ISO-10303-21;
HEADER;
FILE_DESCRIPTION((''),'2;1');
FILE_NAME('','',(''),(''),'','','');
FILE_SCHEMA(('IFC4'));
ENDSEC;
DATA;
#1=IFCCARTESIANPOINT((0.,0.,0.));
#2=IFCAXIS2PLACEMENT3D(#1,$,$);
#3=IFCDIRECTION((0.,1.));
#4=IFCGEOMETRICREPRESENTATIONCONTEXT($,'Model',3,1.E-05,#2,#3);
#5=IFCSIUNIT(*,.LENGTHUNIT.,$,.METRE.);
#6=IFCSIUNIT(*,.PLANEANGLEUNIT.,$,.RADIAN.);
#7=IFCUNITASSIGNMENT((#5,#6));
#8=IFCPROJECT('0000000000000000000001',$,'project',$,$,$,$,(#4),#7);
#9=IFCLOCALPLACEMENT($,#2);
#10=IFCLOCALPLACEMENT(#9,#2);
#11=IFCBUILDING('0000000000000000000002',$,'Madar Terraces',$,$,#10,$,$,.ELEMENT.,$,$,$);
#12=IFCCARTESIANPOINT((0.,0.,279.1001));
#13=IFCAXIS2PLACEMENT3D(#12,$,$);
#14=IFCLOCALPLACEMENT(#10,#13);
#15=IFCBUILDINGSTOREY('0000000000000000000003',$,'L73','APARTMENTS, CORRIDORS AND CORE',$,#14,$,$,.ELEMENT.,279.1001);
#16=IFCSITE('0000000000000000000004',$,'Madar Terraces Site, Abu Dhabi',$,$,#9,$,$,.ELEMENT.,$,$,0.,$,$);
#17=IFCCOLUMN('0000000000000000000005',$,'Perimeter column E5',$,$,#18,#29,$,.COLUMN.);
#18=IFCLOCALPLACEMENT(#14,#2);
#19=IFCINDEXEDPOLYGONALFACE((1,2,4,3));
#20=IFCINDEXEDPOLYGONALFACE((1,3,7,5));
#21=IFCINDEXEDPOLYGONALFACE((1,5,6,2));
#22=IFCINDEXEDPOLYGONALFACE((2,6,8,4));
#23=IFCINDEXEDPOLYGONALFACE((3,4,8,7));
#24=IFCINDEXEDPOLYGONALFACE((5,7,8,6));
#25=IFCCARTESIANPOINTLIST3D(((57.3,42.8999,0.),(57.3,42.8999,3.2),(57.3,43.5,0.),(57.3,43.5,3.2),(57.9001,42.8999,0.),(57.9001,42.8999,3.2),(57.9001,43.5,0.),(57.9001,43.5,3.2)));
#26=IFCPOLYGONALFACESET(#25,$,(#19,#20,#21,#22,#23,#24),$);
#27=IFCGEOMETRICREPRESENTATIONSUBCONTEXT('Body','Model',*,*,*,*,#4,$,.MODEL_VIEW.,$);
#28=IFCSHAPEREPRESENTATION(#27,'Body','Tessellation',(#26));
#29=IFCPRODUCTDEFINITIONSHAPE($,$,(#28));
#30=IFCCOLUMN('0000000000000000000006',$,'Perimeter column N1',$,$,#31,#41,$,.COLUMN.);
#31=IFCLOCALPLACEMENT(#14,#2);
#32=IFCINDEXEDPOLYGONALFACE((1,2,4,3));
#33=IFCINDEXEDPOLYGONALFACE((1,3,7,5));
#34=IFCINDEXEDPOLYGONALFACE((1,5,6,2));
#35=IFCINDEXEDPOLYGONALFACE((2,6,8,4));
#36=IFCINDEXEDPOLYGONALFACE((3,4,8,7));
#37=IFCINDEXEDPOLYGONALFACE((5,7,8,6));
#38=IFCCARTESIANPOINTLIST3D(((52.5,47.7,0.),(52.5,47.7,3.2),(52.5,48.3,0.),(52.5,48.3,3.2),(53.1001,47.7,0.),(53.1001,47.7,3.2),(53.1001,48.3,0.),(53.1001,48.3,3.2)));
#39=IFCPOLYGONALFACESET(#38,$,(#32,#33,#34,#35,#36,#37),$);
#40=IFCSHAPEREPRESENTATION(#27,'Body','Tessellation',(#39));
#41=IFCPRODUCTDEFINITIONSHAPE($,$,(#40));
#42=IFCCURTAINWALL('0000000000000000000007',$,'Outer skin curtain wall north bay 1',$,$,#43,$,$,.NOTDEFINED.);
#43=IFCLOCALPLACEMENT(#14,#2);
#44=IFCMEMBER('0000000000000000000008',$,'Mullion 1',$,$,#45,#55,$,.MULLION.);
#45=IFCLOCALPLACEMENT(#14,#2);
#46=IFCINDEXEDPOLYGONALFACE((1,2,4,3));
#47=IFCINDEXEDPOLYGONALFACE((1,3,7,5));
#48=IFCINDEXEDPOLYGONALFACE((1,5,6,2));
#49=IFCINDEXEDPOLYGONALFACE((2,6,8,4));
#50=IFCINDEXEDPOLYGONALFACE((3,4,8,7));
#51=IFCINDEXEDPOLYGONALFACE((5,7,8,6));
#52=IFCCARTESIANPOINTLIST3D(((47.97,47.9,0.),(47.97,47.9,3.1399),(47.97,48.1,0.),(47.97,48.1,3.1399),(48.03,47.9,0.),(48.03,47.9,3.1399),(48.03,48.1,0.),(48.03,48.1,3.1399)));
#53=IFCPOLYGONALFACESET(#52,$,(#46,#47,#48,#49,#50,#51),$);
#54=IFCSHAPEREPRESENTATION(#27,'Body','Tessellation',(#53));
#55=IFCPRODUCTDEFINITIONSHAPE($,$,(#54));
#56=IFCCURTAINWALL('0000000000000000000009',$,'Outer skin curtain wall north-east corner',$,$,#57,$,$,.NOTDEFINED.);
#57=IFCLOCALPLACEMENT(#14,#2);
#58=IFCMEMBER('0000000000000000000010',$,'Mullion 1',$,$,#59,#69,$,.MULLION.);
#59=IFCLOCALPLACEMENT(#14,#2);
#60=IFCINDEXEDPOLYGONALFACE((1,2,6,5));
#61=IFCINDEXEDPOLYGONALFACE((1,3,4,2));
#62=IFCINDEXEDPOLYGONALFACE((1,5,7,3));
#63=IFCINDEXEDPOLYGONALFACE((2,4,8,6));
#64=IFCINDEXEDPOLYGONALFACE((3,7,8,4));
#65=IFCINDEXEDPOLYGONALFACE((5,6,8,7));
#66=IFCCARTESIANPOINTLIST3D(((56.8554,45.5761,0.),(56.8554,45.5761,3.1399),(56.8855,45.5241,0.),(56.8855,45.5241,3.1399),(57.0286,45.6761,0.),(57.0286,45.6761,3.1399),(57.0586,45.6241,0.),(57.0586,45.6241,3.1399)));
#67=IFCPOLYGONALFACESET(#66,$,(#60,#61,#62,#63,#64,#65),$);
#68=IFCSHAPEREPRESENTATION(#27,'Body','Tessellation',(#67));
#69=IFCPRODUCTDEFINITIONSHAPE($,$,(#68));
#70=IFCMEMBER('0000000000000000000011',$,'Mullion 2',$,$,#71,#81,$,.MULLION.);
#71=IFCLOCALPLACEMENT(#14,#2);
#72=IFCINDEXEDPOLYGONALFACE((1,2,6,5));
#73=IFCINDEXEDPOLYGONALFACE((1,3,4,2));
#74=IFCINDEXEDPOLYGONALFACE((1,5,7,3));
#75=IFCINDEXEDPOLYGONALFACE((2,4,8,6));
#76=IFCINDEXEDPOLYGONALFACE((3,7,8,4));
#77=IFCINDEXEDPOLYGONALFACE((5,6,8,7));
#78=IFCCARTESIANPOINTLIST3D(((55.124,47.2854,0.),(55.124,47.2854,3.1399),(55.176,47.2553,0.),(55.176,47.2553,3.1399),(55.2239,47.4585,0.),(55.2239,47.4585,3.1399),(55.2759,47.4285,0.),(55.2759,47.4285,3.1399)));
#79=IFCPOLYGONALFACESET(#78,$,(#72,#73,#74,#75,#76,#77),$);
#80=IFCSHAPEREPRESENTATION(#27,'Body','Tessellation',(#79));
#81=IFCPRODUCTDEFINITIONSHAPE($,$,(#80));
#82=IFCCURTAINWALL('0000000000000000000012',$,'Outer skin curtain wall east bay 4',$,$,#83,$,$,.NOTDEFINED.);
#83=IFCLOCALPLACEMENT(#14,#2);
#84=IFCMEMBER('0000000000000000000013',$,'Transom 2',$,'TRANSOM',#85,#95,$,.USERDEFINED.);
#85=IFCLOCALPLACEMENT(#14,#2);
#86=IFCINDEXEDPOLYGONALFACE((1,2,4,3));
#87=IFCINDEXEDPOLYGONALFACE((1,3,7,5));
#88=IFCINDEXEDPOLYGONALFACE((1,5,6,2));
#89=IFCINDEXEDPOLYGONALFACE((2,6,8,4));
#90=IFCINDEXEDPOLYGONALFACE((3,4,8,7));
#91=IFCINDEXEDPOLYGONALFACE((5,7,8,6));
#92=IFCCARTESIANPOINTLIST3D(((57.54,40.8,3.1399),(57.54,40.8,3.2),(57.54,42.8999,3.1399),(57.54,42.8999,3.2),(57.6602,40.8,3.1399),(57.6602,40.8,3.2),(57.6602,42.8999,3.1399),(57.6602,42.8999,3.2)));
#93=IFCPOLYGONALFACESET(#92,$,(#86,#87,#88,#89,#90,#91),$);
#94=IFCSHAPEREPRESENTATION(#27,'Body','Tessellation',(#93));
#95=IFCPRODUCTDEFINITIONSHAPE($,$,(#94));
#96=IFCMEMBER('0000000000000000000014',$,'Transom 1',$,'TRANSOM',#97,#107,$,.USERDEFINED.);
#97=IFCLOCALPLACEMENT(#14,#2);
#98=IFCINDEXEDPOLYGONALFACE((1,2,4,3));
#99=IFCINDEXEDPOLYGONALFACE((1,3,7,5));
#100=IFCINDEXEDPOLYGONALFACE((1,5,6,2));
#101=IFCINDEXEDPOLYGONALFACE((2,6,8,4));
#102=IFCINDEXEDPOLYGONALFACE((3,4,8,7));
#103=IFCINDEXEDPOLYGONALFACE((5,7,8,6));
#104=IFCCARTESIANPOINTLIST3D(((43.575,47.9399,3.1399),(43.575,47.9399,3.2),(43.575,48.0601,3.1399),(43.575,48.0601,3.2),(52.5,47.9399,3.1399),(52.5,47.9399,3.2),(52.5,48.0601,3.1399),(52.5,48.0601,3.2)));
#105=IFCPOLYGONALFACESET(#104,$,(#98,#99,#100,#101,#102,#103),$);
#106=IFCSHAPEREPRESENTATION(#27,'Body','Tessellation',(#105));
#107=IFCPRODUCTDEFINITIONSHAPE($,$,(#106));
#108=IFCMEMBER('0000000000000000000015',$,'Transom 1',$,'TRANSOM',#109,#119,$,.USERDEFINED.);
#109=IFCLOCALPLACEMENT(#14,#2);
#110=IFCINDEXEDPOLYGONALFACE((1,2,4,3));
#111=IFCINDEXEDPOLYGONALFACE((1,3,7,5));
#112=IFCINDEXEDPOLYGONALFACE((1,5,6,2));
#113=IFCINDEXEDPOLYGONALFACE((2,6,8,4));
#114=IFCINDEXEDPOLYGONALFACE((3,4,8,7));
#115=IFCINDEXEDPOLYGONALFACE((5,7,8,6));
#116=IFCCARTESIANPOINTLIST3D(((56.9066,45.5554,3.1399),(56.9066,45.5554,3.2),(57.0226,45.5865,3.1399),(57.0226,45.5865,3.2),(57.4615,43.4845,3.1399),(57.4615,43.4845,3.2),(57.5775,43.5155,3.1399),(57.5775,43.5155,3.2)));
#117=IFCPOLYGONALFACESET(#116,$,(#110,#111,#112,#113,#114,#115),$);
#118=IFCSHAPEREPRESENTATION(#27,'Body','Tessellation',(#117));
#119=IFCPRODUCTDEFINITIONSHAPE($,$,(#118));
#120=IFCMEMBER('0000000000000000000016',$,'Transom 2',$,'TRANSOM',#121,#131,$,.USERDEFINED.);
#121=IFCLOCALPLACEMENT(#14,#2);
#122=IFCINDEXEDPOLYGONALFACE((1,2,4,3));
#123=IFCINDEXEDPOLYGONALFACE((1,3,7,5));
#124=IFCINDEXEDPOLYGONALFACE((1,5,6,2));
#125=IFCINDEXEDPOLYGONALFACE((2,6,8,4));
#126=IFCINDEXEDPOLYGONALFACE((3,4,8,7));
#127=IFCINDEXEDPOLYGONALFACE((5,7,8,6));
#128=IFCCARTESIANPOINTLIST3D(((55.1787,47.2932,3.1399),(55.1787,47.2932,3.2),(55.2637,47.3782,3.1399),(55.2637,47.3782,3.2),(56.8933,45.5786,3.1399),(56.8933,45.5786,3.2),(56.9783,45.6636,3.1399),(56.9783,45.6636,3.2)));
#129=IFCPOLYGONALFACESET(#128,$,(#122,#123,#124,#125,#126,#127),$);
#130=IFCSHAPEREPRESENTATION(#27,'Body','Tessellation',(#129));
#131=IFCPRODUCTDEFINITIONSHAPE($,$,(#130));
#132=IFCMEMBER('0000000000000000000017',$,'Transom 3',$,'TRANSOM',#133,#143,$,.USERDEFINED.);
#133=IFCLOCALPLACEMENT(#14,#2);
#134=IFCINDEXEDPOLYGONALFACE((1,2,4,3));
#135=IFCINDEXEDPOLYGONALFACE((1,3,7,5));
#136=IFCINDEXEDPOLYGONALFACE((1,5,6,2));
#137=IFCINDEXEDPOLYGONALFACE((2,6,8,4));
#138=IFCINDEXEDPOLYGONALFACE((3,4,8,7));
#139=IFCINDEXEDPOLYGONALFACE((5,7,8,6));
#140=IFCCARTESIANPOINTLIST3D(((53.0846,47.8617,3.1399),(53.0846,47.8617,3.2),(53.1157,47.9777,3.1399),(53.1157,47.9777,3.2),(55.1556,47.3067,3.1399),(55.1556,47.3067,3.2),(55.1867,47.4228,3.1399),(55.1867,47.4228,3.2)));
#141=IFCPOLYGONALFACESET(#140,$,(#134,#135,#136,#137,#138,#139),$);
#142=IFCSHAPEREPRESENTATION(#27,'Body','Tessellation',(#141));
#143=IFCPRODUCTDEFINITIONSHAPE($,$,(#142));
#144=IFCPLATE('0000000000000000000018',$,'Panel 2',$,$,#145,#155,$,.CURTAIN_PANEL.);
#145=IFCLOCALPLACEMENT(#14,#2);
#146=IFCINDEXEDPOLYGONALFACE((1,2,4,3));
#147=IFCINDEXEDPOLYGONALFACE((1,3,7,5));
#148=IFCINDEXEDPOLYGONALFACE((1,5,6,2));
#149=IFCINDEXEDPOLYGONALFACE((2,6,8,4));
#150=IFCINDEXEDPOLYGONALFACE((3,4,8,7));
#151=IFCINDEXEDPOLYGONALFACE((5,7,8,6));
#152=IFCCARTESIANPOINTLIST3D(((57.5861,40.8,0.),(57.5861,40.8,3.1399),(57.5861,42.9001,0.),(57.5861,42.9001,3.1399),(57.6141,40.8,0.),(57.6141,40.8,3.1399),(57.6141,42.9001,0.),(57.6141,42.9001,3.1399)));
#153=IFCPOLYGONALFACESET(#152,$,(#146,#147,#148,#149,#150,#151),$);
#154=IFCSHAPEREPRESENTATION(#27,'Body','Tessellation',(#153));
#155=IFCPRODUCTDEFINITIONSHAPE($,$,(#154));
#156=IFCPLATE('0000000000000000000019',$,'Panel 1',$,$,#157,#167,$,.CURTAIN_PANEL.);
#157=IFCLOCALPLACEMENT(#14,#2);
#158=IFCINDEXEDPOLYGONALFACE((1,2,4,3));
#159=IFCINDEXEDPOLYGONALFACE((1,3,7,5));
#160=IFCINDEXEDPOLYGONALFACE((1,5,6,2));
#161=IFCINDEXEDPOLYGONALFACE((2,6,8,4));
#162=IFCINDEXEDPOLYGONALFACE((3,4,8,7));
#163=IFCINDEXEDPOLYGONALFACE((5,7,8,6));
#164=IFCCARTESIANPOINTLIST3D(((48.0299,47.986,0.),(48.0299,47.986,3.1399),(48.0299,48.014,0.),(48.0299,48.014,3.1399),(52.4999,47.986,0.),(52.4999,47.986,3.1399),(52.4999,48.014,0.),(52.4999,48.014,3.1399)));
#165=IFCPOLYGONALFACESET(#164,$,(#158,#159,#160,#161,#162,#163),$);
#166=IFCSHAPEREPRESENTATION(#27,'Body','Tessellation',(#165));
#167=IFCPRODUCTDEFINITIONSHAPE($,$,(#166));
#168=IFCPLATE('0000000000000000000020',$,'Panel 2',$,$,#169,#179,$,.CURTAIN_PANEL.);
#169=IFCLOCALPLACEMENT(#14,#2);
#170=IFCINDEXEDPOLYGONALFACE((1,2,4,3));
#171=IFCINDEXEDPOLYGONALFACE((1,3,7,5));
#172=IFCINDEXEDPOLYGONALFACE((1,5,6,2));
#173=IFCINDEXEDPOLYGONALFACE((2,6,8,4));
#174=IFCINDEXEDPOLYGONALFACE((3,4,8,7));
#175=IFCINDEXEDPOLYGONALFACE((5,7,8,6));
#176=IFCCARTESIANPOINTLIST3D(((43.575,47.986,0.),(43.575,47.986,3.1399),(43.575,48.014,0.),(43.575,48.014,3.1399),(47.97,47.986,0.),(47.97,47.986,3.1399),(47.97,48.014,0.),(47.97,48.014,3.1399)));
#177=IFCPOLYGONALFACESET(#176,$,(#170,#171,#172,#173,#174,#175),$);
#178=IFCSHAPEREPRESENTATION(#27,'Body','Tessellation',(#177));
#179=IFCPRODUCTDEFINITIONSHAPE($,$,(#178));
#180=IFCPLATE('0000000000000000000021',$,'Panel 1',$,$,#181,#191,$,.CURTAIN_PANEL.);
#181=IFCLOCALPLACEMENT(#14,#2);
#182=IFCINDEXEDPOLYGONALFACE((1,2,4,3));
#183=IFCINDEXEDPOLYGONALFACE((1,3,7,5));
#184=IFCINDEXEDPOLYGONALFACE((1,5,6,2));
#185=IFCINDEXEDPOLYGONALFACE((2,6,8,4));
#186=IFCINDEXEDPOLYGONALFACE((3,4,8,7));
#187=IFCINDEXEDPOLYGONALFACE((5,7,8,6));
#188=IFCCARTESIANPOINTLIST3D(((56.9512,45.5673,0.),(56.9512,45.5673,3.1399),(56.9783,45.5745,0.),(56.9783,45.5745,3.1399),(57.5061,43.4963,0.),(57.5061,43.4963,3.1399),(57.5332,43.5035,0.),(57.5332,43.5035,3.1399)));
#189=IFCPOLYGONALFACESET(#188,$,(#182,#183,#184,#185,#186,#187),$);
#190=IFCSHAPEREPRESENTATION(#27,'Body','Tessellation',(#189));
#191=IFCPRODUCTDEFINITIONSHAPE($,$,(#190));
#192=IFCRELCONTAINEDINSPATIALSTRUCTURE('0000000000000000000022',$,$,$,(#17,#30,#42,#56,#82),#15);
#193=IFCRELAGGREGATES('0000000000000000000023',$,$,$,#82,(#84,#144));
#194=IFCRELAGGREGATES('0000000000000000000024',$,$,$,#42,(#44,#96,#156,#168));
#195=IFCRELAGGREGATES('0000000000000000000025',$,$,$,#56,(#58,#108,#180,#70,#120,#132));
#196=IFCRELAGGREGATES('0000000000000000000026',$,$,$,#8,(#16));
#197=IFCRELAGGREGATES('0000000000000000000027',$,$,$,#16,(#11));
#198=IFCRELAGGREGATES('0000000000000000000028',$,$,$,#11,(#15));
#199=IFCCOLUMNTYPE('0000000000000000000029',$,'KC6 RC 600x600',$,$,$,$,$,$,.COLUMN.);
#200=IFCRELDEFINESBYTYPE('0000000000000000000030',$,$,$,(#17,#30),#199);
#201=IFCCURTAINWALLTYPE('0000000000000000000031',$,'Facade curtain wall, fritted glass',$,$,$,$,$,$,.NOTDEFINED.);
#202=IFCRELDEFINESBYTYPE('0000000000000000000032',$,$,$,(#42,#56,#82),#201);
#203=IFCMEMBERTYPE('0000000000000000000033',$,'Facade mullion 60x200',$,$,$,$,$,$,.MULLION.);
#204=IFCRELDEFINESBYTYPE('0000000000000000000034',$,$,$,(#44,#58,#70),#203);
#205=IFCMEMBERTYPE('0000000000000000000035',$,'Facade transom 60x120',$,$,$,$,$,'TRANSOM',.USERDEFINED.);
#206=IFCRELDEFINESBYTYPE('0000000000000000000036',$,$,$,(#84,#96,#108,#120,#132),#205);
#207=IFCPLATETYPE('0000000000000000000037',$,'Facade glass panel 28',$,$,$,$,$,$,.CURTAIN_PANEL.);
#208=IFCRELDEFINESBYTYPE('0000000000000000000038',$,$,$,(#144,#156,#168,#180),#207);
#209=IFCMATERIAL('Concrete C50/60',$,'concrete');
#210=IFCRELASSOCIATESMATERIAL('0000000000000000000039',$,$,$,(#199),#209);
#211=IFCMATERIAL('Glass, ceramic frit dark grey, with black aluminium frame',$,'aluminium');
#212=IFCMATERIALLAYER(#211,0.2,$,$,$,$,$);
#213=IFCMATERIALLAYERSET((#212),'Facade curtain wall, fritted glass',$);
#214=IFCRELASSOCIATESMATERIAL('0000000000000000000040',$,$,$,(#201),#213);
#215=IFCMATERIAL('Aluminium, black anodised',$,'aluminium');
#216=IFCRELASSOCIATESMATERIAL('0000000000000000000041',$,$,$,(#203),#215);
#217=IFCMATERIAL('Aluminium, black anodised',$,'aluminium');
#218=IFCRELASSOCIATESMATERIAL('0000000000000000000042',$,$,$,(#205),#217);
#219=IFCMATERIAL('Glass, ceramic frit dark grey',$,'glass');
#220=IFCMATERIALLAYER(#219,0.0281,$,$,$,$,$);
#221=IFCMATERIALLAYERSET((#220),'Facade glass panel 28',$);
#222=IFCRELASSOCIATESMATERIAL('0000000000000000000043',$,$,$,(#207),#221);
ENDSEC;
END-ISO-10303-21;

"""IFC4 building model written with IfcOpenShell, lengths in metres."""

from ifc_helpers import new_model, si_unit, direction, frame, origin, origin_2d, place, context, subcontext, project, spatial, rectangle, extrude, material, layer, layer_set, material_profile, profile_set, type_object, element, aggregate, save


model = new_model("IFC4")

# Units and contexts
model_context = context("Model", 3, precision=1e-05, world=origin(), true_north=direction((0.0, 1.0)))
body_context = subcontext(model_context, "Body", "Model", "MODEL_VIEW")
ifc_project = project(units=[si_unit("LENGTHUNIT", "METRE"), si_unit("PLANEANGLEUNIT", "RADIAN")], contexts=[model_context])

# Site, building, storey
site_placement = place(None, origin())
site = spatial("IfcSite", under=ifc_project, at=site_placement, Name="Madar Terraces Site, Abu Dhabi", CompositionType="ELEMENT", RefElevation=0.0)
building_placement = place(site_placement, origin())
building = spatial("IfcBuilding", under=site, at=building_placement, Name="Madar Terraces", CompositionType="ELEMENT")
storey_placement = place(building_placement, frame((0.0, 0.0, 279.1001)))
storey = spatial("IfcBuildingStorey", under=building, at=storey_placement, Name="L73", Description="APARTMENTS, CORRIDORS AND CORE", CompositionType="ELEMENT", Elevation=279.1001)

# Columns
ifc_material_1 = material(Name="Concrete C50/60", Category="concrete")
ifc_material_profile_1 = material_profile(ifc_material_1, rectangle(XDim=0.6001, YDim=0.6001, at=origin_2d()), Name="KC6 RC 600x600")
ifc_profile_set_1 = profile_set([ifc_material_profile_1], Name="Concrete C50/60")
column_type = type_object("IfcColumnType", Name="KC6 RC 600x600", PredefinedType="COLUMN", material=ifc_profile_set_1)
for number, where, z_axis, x_axis, name in (
    (1, (57.6001, 43.2, 0.0), (0.0, 0.0, 1.0), (1.0, 0.0, 0.0), "Perimeter column E5"),
    (2, (52.8, 48.0, 0.0), (0.0, 0.0, 1.0), (1.0, 0.0, 0.0), "Perimeter column N1"),
):
    element("IfcColumn", number, at=place(storey_placement, frame(where, z_axis=z_axis, x_axis=x_axis)), inside=storey, type_object=column_type, Name=name, PredefinedType="COLUMN", context=body_context, shape_type="SweptSolid", body=[
        extrude(rectangle(XDim=0.6001, YDim=0.6001, at=origin_2d()), origin(), (0.0, 0.0, 1.0), 3.2),
    ])

# Curtain wall, member
ifc_material_2 = material(Name="Glass, ceramic frit dark grey, with black aluminium frame", Category="aluminium")
ifc_layer_1 = layer(ifc_material_2, 0.2)
ifc_layer_set_1 = layer_set([ifc_layer_1], Name="Facade curtain wall, fritted glass")
curtain_wall_type = type_object("IfcCurtainWallType", Name="Facade curtain wall, fritted glass", PredefinedType="NOTDEFINED", material=ifc_layer_set_1)
curtain_wall_1_placement = place(storey_placement, origin())
curtain_wall_1 = element("IfcCurtainWall", 3, at=curtain_wall_1_placement, inside=storey, type_object=curtain_wall_type, Name="Outer skin curtain wall north bay 1", PredefinedType="NOTDEFINED")
ifc_material_3 = material(Name="Aluminium, black anodised", Category="aluminium")
ifc_material_profile_2 = material_profile(ifc_material_3, rectangle(XDim=0.2, YDim=0.0601, at=origin_2d()), Name="Facade mullion 60x200")
ifc_profile_set_2 = profile_set([ifc_material_profile_2], Name="Aluminium, black anodised")
member_type_1 = type_object("IfcMemberType", Name="Facade mullion 60x200", PredefinedType="MULLION", material=ifc_profile_set_2)
member_1_placement = place(storey_placement, frame((48.0, 48.0, 0.0), z_axis=(0.0, 0.0, 1.0), x_axis=(0.0, -1.0, 0.0)))
member_1 = element("IfcMember", 4, at=member_1_placement, type_object=member_type_1, Name="Mullion 1", PredefinedType="MULLION", context=body_context, shape_type="SweptSolid", body=[
    extrude(rectangle(XDim=0.2, YDim=0.0601, at=origin_2d()), origin(), (0.0, 0.0, 1.0), 3.1399),
])

# Curtain wall, members
curtain_wall_2_placement = place(storey_placement, origin())
curtain_wall_2 = element("IfcCurtainWall", 5, at=curtain_wall_2_placement, inside=storey, type_object=curtain_wall_type, Name="Outer skin curtain wall north-east corner", PredefinedType="NOTDEFINED")
member_2_placement = place(storey_placement, frame((56.957, 45.6001, 0.0), z_axis=(0.0, 0.0, 1.0), x_axis=(-0.866025, -0.5, 0.0)))
member_2 = element("IfcMember", 6, at=member_2_placement, type_object=member_type_1, Name="Mullion 1", PredefinedType="MULLION", context=body_context, shape_type="SweptSolid", body=[
    extrude(rectangle(XDim=0.2, YDim=0.0601, at=origin_2d()), origin(), (0.0, 0.0, 1.0), 3.1399),
])
member_3_placement = place(storey_placement, frame((55.2, 47.3569, 0.0), z_axis=(0.0, 0.0, 1.0), x_axis=(-0.5, -0.866025, 0.0)))
member_3 = element("IfcMember", 7, at=member_3_placement, type_object=member_type_1, Name="Mullion 2", PredefinedType="MULLION", context=body_context, shape_type="SweptSolid", body=[
    extrude(rectangle(XDim=0.2, YDim=0.0601, at=origin_2d()), origin(), (0.0, 0.0, 1.0), 3.1399),
])

# Curtain wall, member
curtain_wall_3_placement = place(storey_placement, origin())
curtain_wall_3 = element("IfcCurtainWall", 8, at=curtain_wall_3_placement, inside=storey, type_object=curtain_wall_type, Name="Outer skin curtain wall east bay 4", PredefinedType="NOTDEFINED")
ifc_material_4 = material(Name="Aluminium, black anodised", Category="aluminium")
ifc_material_profile_3 = material_profile(ifc_material_4, rectangle(XDim=0.1201, YDim=0.0601, at=origin_2d()), Name="Facade transom 60x120")
ifc_profile_set_3 = profile_set([ifc_material_profile_3], Name="Aluminium, black anodised")
member_type_2 = type_object("IfcMemberType", Name="Facade transom 60x120", ElementType="TRANSOM", PredefinedType="USERDEFINED", material=ifc_profile_set_3)
member_4_placement = place(storey_placement, frame((57.6001, 40.8, 3.1699), z_axis=(0.0, 1.0, 0.0), x_axis=(-1.0, 0.0, 0.0)))
member_4 = element("IfcMember", 9, at=member_4_placement, type_object=member_type_2, Name="Transom 2", ObjectType="TRANSOM", PredefinedType="USERDEFINED", context=body_context, shape_type="SweptSolid", body=[
    extrude(rectangle(XDim=0.1201, YDim=0.0601, at=origin_2d()), origin(), (0.0, 0.0, 1.0), 2.0999),
])

# Members
member_5_placement = place(storey_placement, frame((52.5, 48.0, 3.1699), z_axis=(-1.0, 0.0, 0.0), x_axis=(0.0, -1.0, 0.0)))
member_5 = element("IfcMember", 10, at=member_5_placement, type_object=member_type_2, Name="Transom 1", ObjectType="TRANSOM", PredefinedType="USERDEFINED", context=body_context, shape_type="SweptSolid", body=[
    extrude(rectangle(XDim=0.1201, YDim=0.0601, at=origin_2d()), origin(), (0.0, 0.0, 1.0), 8.925),
])
member_6_placement = place(storey_placement, frame((57.5195, 43.5, 3.1699), z_axis=(-0.258818, 0.965926, 0.0), x_axis=(-0.965926, -0.258818, 0.0)))
member_6 = element("IfcMember", 11, at=member_6_placement, type_object=member_type_2, Name="Transom 1", ObjectType="TRANSOM", PredefinedType="USERDEFINED", context=body_context, shape_type="SweptSolid", body=[
    extrude(rectangle(XDim=0.1201, YDim=0.0601, at=origin_2d()), origin(), (0.0, 0.0, 1.0), 2.144),
])
member_7_placement = place(storey_placement, frame((56.9358, 45.6211, 3.1699), z_axis=(-0.707107, 0.707107, 0.0), x_axis=(-0.707107, -0.707107, 0.0)))
member_7 = element("IfcMember", 12, at=member_7_placement, type_object=member_type_2, Name="Transom 2", ObjectType="TRANSOM", PredefinedType="USERDEFINED", context=body_context, shape_type="SweptSolid", body=[
    extrude(rectangle(XDim=0.1201, YDim=0.0601, at=origin_2d()), origin(), (0.0, 0.0, 1.0), 2.4248),
])
member_8_placement = place(storey_placement, frame((55.1711, 47.3647, 3.1699), z_axis=(-0.965926, 0.258818, 0.0), x_axis=(-0.258818, -0.965926, 0.0)))
member_8 = element("IfcMember", 13, at=member_8_placement, type_object=member_type_2, Name="Transom 3", ObjectType="TRANSOM", PredefinedType="USERDEFINED", context=body_context, shape_type="SweptSolid", body=[
    extrude(rectangle(XDim=0.1201, YDim=0.0601, at=origin_2d()), origin(), (0.0, 0.0, 1.0), 2.144),
])

# Plates
ifc_material_5 = material(Name="Glass, ceramic frit dark grey", Category="glass")
ifc_layer_2 = layer(ifc_material_5, 0.0281)
ifc_layer_set_2 = layer_set([ifc_layer_2], Name="Facade glass panel 28")
plate_type = type_object("IfcPlateType", Name="Facade glass panel 28", PredefinedType="CURTAIN_PANEL", material=ifc_layer_set_2)
plate_1_placement = place(storey_placement, frame((57.6001, 41.8501, 0.0), z_axis=(0.0, 0.0, 1.0), x_axis=(0.0, 1.0, 0.0)))
plate_1 = element("IfcPlate", 14, at=plate_1_placement, type_object=plate_type, Name="Panel 2", PredefinedType="CURTAIN_PANEL", context=body_context, shape_type="SweptSolid", body=[
    extrude(rectangle(XDim=2.1001, YDim=0.0281, at=origin_2d()), origin(), (0.0, 0.0, 1.0), 3.1399),
])
aggregate(curtain_wall_3, [member_4, plate_1])
plate_2_placement = place(storey_placement, frame((50.2649, 48.0, 0.0), z_axis=(0.0, 0.0, 1.0), x_axis=(-1.0, 0.0, 0.0)))
plate_2 = element("IfcPlate", 15, at=plate_2_placement, type_object=plate_type, Name="Panel 1", PredefinedType="CURTAIN_PANEL", context=body_context, shape_type="SweptSolid", body=[
    extrude(rectangle(XDim=4.47, YDim=0.0281, at=origin_2d()), origin(), (0.0, 0.0, 1.0), 3.1399),
])
plate_3_placement = place(storey_placement, frame((45.7725, 48.0, 0.0), z_axis=(0.0, 0.0, 1.0), x_axis=(-1.0, 0.0, 0.0)))
plate_3 = element("IfcPlate", 16, at=plate_3_placement, type_object=plate_type, Name="Panel 2", PredefinedType="CURTAIN_PANEL", context=body_context, shape_type="SweptSolid", body=[
    extrude(rectangle(XDim=4.395, YDim=0.0281, at=origin_2d()), origin(), (0.0, 0.0, 1.0), 3.1399),
])
aggregate(curtain_wall_1, [member_1, member_5, plate_2, plate_3])
plate_4_placement = place(storey_placement, frame((57.2422, 44.5354, 0.0), z_axis=(0.0, 0.0, 1.0), x_axis=(-0.258819, 0.965926, 0.0)))
plate_4 = element("IfcPlate", 17, at=plate_4_placement, type_object=plate_type, Name="Panel 1", PredefinedType="CURTAIN_PANEL", context=body_context, shape_type="SweptSolid", body=[
    extrude(rectangle(XDim=2.144, YDim=0.0281, at=origin_2d()), origin(), (0.0, 0.0, 1.0), 3.1399),
])
aggregate(curtain_wall_2, [member_2, member_6, plate_4, member_3, member_7, member_8])

save(model, "model.ifc")
